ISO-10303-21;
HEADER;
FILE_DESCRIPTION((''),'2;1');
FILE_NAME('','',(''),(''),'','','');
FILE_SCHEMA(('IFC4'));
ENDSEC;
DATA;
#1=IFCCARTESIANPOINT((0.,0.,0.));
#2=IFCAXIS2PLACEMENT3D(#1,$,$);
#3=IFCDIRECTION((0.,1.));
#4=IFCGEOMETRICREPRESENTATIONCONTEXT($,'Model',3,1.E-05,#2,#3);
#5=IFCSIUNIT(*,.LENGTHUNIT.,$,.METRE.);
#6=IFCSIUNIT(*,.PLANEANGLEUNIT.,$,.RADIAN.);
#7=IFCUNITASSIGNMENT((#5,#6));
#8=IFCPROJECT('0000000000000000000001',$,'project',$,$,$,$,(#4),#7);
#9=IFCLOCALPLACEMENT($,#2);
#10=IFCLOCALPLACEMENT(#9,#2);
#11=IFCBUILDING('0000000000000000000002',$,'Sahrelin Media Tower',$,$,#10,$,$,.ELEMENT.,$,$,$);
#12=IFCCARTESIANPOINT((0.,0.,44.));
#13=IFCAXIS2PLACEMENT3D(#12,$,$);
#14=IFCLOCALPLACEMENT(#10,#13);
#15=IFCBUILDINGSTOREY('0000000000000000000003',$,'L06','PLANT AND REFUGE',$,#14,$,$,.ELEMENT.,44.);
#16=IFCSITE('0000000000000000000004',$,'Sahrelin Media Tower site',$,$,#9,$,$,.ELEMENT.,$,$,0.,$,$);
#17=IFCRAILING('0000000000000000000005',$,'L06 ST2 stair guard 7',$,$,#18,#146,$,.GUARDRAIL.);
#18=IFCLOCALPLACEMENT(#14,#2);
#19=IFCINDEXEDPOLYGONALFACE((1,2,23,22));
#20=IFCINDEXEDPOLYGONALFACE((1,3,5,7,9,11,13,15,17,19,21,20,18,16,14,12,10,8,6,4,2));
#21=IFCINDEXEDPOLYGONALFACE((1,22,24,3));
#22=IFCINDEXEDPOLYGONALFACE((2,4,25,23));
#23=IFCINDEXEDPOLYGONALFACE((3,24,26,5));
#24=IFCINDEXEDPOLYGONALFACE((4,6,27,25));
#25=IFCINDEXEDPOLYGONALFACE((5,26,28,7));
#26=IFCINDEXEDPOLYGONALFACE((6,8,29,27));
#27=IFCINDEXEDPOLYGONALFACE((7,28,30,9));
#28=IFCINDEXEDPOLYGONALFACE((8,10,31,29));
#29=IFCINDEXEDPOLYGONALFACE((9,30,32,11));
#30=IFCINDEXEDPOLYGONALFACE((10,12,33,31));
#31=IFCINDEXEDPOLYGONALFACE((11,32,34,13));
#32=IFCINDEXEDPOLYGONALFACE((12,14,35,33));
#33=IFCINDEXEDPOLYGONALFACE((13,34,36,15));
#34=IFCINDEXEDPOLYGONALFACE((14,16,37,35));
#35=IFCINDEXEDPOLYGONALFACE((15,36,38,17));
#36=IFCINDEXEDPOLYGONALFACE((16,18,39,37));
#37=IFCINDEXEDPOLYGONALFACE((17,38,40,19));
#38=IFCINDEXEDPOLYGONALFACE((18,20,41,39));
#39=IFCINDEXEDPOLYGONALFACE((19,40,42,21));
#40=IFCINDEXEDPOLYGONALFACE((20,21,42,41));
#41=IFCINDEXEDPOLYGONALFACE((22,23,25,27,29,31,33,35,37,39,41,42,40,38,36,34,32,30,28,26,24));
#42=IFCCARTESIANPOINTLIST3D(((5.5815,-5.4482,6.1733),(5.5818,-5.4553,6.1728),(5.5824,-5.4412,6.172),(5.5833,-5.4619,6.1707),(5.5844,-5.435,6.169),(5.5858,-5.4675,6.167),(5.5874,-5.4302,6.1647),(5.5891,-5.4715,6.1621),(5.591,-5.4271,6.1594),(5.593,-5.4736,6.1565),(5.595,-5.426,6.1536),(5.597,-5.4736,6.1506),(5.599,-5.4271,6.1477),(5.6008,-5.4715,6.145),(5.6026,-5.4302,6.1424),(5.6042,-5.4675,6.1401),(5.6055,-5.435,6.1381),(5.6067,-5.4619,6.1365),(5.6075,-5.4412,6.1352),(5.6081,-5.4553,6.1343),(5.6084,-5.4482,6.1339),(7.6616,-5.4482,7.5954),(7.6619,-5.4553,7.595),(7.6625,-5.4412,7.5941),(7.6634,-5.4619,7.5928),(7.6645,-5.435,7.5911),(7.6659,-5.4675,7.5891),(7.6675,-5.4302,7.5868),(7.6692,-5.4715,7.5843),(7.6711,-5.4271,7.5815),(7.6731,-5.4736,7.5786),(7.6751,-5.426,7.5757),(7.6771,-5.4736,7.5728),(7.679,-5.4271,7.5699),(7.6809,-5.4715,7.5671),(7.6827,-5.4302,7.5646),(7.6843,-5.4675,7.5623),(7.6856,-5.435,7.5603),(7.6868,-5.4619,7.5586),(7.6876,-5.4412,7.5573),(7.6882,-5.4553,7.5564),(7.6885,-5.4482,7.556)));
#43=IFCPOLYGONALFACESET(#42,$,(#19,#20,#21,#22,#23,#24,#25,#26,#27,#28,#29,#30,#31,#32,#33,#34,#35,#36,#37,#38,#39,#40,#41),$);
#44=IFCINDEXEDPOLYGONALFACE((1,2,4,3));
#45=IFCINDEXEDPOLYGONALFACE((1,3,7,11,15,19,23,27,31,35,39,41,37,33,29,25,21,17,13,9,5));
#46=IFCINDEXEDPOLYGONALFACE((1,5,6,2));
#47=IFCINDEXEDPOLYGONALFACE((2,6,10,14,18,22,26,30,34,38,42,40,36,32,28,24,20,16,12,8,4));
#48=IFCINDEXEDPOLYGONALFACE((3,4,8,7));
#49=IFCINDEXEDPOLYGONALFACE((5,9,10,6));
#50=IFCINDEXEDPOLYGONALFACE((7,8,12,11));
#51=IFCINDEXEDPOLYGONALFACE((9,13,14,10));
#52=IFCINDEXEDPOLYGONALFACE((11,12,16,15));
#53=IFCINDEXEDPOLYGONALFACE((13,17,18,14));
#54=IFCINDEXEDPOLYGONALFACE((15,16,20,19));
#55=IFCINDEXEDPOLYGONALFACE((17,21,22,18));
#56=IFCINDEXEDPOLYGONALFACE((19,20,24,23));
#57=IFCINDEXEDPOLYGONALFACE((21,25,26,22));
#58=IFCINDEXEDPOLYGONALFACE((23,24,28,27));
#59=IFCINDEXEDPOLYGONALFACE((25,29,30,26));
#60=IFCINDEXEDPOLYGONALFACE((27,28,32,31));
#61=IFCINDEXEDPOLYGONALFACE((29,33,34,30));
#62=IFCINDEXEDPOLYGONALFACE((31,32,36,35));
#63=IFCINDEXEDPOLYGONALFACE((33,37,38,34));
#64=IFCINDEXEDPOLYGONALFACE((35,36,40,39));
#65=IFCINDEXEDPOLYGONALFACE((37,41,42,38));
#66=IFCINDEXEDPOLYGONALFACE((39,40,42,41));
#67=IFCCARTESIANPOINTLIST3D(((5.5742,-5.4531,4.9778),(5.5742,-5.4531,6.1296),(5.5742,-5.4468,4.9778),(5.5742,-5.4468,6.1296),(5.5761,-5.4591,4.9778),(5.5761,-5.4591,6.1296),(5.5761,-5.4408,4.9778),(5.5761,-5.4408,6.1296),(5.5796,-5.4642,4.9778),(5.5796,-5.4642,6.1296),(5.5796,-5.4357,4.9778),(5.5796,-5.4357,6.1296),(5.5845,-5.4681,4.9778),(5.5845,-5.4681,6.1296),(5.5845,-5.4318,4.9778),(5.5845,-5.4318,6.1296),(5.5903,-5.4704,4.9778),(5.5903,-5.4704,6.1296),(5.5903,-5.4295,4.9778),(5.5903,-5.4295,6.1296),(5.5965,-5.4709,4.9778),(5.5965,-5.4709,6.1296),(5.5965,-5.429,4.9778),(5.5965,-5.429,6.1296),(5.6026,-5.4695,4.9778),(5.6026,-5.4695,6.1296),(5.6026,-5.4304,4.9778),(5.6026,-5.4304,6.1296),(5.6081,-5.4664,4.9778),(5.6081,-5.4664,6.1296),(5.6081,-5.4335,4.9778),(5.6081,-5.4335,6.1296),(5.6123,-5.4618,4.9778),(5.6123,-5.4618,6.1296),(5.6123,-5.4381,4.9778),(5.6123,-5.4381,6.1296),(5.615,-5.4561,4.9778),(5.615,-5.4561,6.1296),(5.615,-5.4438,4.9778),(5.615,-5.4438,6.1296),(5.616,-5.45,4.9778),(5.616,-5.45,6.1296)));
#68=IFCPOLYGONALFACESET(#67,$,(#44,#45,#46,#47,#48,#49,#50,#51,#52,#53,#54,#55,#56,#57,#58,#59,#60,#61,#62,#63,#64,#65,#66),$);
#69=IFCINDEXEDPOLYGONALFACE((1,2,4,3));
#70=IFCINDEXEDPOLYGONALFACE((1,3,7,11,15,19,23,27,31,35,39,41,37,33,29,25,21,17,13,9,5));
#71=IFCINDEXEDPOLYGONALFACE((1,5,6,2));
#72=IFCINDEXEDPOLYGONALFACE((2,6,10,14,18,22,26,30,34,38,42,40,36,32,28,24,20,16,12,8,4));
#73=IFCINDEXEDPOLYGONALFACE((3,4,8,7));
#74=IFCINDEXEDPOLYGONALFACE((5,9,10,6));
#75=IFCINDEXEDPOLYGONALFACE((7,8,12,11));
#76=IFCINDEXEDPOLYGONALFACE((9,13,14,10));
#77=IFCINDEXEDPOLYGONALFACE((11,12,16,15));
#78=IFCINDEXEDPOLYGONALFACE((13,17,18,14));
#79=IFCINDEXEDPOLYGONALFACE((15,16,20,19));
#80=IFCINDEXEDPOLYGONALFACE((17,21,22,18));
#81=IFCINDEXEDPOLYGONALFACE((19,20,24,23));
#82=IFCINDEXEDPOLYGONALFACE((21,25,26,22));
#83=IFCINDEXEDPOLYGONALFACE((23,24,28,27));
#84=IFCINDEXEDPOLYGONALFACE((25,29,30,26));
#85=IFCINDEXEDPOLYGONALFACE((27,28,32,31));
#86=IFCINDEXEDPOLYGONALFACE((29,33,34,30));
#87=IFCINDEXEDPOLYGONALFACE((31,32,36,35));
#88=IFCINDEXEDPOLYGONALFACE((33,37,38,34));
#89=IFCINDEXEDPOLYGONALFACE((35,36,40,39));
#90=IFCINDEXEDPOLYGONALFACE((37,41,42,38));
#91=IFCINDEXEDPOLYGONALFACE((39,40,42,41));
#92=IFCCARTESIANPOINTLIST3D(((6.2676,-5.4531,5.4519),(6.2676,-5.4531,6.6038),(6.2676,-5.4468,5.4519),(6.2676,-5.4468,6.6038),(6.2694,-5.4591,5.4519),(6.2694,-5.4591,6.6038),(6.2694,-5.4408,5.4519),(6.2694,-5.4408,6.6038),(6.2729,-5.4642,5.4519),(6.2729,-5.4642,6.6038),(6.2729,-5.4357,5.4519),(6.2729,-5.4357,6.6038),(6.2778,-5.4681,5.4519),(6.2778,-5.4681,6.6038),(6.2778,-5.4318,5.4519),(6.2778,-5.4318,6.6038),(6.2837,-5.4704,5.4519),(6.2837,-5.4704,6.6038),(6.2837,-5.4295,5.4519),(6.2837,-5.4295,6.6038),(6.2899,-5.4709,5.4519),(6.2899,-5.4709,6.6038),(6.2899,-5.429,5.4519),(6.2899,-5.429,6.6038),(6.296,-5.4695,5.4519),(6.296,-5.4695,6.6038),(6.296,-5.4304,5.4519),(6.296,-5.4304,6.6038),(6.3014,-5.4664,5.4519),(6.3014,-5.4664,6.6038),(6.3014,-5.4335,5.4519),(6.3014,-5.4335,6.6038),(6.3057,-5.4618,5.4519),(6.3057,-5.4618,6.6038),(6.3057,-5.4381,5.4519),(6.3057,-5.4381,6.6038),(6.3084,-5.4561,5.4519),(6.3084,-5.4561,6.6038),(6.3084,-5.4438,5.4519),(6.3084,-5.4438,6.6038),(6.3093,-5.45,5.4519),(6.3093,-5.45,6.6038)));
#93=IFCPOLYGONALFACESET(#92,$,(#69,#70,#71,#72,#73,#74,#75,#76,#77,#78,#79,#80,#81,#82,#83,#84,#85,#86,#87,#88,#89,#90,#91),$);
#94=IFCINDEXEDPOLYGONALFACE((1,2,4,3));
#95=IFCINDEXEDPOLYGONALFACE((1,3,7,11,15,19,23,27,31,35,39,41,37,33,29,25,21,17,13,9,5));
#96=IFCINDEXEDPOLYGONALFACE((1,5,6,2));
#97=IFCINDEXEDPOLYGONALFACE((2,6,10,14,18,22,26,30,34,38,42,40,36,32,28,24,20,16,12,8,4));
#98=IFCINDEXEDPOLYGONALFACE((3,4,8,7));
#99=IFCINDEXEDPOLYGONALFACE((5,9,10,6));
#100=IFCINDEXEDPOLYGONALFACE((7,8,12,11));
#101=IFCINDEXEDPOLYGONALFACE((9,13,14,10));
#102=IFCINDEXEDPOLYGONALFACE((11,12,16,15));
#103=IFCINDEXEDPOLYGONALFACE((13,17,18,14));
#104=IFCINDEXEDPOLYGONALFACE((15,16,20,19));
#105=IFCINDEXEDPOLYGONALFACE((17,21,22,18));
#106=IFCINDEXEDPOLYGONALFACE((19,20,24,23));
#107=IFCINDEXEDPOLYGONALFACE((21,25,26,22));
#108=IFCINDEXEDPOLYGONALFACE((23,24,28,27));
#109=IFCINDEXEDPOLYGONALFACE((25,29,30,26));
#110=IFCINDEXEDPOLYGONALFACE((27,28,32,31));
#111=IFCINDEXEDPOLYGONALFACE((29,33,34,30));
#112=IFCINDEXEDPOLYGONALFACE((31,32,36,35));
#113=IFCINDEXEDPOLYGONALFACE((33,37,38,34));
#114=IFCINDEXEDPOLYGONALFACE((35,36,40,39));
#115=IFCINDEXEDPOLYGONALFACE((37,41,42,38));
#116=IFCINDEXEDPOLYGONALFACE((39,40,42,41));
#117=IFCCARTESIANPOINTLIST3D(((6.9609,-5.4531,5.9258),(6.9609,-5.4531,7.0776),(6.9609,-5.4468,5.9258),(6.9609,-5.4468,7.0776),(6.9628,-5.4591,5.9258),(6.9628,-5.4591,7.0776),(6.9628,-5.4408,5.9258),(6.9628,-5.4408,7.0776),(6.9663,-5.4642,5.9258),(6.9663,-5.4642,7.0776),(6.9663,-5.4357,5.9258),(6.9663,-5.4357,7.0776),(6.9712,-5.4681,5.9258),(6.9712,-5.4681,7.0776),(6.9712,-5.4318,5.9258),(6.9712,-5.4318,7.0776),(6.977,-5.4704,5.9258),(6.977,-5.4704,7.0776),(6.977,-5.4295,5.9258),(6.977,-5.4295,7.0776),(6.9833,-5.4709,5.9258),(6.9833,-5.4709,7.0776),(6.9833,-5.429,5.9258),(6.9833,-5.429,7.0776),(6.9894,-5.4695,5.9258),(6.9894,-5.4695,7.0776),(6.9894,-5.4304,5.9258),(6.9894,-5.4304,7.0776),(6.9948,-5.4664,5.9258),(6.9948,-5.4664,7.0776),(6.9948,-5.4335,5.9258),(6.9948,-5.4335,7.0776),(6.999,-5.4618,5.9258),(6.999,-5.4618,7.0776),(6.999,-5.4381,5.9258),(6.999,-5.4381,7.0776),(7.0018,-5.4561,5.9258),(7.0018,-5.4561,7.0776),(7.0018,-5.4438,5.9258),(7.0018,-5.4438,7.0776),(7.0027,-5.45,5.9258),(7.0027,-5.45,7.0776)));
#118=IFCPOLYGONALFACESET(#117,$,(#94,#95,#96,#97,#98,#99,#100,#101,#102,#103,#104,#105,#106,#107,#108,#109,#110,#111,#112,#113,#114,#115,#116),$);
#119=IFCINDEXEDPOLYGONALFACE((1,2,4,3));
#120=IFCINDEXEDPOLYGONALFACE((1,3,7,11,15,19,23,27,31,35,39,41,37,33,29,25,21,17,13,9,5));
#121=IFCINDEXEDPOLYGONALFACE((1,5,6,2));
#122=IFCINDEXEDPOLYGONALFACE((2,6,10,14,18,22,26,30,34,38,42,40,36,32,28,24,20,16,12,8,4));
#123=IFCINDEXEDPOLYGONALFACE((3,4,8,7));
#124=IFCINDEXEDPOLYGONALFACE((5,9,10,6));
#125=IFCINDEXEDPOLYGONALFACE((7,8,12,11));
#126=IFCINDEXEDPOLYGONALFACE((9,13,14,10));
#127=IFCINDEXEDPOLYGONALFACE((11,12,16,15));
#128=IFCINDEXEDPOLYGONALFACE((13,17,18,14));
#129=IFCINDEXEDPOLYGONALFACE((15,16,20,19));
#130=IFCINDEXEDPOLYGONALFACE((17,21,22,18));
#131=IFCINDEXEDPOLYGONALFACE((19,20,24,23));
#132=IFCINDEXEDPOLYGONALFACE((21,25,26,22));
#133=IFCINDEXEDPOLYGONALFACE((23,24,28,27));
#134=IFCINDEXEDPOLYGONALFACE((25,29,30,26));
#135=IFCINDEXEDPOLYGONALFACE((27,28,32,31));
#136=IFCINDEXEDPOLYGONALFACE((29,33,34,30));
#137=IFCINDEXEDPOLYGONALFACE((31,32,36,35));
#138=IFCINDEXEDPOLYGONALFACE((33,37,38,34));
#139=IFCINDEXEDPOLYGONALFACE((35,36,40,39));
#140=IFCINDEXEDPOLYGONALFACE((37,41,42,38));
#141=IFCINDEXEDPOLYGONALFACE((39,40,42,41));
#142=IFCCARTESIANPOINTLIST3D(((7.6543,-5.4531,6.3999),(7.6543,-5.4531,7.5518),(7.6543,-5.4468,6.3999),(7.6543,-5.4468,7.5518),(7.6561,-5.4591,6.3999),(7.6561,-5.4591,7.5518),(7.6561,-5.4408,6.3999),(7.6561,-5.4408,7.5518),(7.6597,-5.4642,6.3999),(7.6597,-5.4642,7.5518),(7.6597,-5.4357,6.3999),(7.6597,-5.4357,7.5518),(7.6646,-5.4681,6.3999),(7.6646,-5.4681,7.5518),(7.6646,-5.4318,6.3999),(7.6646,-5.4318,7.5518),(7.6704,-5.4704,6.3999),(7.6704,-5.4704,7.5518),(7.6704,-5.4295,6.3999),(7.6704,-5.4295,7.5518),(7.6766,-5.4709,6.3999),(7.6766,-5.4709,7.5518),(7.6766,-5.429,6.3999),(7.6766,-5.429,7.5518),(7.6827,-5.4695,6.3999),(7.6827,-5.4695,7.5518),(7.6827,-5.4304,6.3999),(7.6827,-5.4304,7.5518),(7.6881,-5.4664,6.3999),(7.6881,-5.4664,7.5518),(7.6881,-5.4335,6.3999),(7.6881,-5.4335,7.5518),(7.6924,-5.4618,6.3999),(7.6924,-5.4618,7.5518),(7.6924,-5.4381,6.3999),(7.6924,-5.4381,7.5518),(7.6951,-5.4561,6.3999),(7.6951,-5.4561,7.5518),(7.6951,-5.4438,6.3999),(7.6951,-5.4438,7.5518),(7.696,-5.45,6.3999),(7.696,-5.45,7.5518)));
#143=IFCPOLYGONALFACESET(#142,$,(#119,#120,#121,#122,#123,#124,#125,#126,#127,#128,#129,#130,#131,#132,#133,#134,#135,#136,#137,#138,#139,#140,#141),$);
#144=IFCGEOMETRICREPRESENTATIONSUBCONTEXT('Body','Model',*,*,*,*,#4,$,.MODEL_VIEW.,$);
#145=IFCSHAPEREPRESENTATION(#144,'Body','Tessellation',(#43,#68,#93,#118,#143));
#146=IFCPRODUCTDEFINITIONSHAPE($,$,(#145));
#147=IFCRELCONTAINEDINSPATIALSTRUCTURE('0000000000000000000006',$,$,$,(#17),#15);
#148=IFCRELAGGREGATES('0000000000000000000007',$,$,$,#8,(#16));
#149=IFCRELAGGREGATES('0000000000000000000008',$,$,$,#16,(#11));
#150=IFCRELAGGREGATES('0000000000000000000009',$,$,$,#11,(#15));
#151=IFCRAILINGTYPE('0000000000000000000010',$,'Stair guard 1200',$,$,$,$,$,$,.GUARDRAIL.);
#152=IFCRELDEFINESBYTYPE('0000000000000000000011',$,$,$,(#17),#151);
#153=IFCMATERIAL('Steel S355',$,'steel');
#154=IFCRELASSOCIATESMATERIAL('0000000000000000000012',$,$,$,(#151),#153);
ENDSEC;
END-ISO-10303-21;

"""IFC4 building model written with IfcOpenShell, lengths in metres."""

from ifc_helpers import new_model, si_unit, direction, frame, origin, origin_2d, place, context, subcontext, project, spatial, circle, extrude, material, type_object, element, save


model = new_model("IFC4")

# Units and contexts
model_context = context("Model", 3, precision=1e-05, world=origin(), true_north=direction((0.0, 1.0)))
body_context = subcontext(model_context, "Body", "Model", "MODEL_VIEW")
ifc_project = project(units=[si_unit("LENGTHUNIT", "METRE"), si_unit("PLANEANGLEUNIT", "RADIAN")], contexts=[model_context])

# Site, building, storey
site_placement = place(None, origin())
site = spatial("IfcSite", under=ifc_project, at=site_placement, Name="Sahrelin Media Tower site", CompositionType="ELEMENT", RefElevation=0.0)
building_placement = place(site_placement, origin())
building = spatial("IfcBuilding", under=site, at=building_placement, Name="Sahrelin Media Tower", CompositionType="ELEMENT")
storey_placement = place(building_placement, frame((0.0, 0.0, 44.0)))
storey = spatial("IfcBuildingStorey", under=building, at=storey_placement, Name="L06", Description="PLANT AND REFUGE", CompositionType="ELEMENT", Elevation=44.0)

# Shared definitions
ifc_material_1 = material(Name="Steel S355", Category="steel")

# Railing
railing_type_1 = type_object("IfcRailingType", Name="Stair guard 1200", PredefinedType="GUARDRAIL", material=ifc_material_1)
railing_1_placement = place(storey_placement, frame((5.595, -5.45, 4.9778)))
element("IfcRailing", 1, at=railing_1_placement, inside=storey, type_object=railing_type_1, Name="L06 ST2 stair guard 7", PredefinedType="GUARDRAIL", context=body_context, shape_type="SweptSolid", body=[
    extrude(circle(Radius=0.0239, at=origin_2d()), frame((0.0, 0.0, 1.1758), z_axis=(0.825509, 0.0, 0.564389), x_axis=(0.0, 1.0, 0.0)), (0.0, 0.0, 1.0), 2.5198),
    extrude(circle(Radius=0.021, at=origin_2d()), origin(), (0.0, 0.0, 1.0), 1.1519),
    extrude(circle(Radius=0.021, at=origin_2d()), frame((0.6934, 0.0, 0.4741)), (0.0, 0.0, 1.0), 1.1519),
    extrude(circle(Radius=0.021, at=origin_2d()), frame((1.3867, 0.0, 0.948)), (0.0, 0.0, 1.0), 1.1519),
    extrude(circle(Radius=0.021, at=origin_2d()), frame((2.0801, 0.0, 1.4221)), (0.0, 0.0, 1.0), 1.1519),
])

save(model, "model.ifc")
